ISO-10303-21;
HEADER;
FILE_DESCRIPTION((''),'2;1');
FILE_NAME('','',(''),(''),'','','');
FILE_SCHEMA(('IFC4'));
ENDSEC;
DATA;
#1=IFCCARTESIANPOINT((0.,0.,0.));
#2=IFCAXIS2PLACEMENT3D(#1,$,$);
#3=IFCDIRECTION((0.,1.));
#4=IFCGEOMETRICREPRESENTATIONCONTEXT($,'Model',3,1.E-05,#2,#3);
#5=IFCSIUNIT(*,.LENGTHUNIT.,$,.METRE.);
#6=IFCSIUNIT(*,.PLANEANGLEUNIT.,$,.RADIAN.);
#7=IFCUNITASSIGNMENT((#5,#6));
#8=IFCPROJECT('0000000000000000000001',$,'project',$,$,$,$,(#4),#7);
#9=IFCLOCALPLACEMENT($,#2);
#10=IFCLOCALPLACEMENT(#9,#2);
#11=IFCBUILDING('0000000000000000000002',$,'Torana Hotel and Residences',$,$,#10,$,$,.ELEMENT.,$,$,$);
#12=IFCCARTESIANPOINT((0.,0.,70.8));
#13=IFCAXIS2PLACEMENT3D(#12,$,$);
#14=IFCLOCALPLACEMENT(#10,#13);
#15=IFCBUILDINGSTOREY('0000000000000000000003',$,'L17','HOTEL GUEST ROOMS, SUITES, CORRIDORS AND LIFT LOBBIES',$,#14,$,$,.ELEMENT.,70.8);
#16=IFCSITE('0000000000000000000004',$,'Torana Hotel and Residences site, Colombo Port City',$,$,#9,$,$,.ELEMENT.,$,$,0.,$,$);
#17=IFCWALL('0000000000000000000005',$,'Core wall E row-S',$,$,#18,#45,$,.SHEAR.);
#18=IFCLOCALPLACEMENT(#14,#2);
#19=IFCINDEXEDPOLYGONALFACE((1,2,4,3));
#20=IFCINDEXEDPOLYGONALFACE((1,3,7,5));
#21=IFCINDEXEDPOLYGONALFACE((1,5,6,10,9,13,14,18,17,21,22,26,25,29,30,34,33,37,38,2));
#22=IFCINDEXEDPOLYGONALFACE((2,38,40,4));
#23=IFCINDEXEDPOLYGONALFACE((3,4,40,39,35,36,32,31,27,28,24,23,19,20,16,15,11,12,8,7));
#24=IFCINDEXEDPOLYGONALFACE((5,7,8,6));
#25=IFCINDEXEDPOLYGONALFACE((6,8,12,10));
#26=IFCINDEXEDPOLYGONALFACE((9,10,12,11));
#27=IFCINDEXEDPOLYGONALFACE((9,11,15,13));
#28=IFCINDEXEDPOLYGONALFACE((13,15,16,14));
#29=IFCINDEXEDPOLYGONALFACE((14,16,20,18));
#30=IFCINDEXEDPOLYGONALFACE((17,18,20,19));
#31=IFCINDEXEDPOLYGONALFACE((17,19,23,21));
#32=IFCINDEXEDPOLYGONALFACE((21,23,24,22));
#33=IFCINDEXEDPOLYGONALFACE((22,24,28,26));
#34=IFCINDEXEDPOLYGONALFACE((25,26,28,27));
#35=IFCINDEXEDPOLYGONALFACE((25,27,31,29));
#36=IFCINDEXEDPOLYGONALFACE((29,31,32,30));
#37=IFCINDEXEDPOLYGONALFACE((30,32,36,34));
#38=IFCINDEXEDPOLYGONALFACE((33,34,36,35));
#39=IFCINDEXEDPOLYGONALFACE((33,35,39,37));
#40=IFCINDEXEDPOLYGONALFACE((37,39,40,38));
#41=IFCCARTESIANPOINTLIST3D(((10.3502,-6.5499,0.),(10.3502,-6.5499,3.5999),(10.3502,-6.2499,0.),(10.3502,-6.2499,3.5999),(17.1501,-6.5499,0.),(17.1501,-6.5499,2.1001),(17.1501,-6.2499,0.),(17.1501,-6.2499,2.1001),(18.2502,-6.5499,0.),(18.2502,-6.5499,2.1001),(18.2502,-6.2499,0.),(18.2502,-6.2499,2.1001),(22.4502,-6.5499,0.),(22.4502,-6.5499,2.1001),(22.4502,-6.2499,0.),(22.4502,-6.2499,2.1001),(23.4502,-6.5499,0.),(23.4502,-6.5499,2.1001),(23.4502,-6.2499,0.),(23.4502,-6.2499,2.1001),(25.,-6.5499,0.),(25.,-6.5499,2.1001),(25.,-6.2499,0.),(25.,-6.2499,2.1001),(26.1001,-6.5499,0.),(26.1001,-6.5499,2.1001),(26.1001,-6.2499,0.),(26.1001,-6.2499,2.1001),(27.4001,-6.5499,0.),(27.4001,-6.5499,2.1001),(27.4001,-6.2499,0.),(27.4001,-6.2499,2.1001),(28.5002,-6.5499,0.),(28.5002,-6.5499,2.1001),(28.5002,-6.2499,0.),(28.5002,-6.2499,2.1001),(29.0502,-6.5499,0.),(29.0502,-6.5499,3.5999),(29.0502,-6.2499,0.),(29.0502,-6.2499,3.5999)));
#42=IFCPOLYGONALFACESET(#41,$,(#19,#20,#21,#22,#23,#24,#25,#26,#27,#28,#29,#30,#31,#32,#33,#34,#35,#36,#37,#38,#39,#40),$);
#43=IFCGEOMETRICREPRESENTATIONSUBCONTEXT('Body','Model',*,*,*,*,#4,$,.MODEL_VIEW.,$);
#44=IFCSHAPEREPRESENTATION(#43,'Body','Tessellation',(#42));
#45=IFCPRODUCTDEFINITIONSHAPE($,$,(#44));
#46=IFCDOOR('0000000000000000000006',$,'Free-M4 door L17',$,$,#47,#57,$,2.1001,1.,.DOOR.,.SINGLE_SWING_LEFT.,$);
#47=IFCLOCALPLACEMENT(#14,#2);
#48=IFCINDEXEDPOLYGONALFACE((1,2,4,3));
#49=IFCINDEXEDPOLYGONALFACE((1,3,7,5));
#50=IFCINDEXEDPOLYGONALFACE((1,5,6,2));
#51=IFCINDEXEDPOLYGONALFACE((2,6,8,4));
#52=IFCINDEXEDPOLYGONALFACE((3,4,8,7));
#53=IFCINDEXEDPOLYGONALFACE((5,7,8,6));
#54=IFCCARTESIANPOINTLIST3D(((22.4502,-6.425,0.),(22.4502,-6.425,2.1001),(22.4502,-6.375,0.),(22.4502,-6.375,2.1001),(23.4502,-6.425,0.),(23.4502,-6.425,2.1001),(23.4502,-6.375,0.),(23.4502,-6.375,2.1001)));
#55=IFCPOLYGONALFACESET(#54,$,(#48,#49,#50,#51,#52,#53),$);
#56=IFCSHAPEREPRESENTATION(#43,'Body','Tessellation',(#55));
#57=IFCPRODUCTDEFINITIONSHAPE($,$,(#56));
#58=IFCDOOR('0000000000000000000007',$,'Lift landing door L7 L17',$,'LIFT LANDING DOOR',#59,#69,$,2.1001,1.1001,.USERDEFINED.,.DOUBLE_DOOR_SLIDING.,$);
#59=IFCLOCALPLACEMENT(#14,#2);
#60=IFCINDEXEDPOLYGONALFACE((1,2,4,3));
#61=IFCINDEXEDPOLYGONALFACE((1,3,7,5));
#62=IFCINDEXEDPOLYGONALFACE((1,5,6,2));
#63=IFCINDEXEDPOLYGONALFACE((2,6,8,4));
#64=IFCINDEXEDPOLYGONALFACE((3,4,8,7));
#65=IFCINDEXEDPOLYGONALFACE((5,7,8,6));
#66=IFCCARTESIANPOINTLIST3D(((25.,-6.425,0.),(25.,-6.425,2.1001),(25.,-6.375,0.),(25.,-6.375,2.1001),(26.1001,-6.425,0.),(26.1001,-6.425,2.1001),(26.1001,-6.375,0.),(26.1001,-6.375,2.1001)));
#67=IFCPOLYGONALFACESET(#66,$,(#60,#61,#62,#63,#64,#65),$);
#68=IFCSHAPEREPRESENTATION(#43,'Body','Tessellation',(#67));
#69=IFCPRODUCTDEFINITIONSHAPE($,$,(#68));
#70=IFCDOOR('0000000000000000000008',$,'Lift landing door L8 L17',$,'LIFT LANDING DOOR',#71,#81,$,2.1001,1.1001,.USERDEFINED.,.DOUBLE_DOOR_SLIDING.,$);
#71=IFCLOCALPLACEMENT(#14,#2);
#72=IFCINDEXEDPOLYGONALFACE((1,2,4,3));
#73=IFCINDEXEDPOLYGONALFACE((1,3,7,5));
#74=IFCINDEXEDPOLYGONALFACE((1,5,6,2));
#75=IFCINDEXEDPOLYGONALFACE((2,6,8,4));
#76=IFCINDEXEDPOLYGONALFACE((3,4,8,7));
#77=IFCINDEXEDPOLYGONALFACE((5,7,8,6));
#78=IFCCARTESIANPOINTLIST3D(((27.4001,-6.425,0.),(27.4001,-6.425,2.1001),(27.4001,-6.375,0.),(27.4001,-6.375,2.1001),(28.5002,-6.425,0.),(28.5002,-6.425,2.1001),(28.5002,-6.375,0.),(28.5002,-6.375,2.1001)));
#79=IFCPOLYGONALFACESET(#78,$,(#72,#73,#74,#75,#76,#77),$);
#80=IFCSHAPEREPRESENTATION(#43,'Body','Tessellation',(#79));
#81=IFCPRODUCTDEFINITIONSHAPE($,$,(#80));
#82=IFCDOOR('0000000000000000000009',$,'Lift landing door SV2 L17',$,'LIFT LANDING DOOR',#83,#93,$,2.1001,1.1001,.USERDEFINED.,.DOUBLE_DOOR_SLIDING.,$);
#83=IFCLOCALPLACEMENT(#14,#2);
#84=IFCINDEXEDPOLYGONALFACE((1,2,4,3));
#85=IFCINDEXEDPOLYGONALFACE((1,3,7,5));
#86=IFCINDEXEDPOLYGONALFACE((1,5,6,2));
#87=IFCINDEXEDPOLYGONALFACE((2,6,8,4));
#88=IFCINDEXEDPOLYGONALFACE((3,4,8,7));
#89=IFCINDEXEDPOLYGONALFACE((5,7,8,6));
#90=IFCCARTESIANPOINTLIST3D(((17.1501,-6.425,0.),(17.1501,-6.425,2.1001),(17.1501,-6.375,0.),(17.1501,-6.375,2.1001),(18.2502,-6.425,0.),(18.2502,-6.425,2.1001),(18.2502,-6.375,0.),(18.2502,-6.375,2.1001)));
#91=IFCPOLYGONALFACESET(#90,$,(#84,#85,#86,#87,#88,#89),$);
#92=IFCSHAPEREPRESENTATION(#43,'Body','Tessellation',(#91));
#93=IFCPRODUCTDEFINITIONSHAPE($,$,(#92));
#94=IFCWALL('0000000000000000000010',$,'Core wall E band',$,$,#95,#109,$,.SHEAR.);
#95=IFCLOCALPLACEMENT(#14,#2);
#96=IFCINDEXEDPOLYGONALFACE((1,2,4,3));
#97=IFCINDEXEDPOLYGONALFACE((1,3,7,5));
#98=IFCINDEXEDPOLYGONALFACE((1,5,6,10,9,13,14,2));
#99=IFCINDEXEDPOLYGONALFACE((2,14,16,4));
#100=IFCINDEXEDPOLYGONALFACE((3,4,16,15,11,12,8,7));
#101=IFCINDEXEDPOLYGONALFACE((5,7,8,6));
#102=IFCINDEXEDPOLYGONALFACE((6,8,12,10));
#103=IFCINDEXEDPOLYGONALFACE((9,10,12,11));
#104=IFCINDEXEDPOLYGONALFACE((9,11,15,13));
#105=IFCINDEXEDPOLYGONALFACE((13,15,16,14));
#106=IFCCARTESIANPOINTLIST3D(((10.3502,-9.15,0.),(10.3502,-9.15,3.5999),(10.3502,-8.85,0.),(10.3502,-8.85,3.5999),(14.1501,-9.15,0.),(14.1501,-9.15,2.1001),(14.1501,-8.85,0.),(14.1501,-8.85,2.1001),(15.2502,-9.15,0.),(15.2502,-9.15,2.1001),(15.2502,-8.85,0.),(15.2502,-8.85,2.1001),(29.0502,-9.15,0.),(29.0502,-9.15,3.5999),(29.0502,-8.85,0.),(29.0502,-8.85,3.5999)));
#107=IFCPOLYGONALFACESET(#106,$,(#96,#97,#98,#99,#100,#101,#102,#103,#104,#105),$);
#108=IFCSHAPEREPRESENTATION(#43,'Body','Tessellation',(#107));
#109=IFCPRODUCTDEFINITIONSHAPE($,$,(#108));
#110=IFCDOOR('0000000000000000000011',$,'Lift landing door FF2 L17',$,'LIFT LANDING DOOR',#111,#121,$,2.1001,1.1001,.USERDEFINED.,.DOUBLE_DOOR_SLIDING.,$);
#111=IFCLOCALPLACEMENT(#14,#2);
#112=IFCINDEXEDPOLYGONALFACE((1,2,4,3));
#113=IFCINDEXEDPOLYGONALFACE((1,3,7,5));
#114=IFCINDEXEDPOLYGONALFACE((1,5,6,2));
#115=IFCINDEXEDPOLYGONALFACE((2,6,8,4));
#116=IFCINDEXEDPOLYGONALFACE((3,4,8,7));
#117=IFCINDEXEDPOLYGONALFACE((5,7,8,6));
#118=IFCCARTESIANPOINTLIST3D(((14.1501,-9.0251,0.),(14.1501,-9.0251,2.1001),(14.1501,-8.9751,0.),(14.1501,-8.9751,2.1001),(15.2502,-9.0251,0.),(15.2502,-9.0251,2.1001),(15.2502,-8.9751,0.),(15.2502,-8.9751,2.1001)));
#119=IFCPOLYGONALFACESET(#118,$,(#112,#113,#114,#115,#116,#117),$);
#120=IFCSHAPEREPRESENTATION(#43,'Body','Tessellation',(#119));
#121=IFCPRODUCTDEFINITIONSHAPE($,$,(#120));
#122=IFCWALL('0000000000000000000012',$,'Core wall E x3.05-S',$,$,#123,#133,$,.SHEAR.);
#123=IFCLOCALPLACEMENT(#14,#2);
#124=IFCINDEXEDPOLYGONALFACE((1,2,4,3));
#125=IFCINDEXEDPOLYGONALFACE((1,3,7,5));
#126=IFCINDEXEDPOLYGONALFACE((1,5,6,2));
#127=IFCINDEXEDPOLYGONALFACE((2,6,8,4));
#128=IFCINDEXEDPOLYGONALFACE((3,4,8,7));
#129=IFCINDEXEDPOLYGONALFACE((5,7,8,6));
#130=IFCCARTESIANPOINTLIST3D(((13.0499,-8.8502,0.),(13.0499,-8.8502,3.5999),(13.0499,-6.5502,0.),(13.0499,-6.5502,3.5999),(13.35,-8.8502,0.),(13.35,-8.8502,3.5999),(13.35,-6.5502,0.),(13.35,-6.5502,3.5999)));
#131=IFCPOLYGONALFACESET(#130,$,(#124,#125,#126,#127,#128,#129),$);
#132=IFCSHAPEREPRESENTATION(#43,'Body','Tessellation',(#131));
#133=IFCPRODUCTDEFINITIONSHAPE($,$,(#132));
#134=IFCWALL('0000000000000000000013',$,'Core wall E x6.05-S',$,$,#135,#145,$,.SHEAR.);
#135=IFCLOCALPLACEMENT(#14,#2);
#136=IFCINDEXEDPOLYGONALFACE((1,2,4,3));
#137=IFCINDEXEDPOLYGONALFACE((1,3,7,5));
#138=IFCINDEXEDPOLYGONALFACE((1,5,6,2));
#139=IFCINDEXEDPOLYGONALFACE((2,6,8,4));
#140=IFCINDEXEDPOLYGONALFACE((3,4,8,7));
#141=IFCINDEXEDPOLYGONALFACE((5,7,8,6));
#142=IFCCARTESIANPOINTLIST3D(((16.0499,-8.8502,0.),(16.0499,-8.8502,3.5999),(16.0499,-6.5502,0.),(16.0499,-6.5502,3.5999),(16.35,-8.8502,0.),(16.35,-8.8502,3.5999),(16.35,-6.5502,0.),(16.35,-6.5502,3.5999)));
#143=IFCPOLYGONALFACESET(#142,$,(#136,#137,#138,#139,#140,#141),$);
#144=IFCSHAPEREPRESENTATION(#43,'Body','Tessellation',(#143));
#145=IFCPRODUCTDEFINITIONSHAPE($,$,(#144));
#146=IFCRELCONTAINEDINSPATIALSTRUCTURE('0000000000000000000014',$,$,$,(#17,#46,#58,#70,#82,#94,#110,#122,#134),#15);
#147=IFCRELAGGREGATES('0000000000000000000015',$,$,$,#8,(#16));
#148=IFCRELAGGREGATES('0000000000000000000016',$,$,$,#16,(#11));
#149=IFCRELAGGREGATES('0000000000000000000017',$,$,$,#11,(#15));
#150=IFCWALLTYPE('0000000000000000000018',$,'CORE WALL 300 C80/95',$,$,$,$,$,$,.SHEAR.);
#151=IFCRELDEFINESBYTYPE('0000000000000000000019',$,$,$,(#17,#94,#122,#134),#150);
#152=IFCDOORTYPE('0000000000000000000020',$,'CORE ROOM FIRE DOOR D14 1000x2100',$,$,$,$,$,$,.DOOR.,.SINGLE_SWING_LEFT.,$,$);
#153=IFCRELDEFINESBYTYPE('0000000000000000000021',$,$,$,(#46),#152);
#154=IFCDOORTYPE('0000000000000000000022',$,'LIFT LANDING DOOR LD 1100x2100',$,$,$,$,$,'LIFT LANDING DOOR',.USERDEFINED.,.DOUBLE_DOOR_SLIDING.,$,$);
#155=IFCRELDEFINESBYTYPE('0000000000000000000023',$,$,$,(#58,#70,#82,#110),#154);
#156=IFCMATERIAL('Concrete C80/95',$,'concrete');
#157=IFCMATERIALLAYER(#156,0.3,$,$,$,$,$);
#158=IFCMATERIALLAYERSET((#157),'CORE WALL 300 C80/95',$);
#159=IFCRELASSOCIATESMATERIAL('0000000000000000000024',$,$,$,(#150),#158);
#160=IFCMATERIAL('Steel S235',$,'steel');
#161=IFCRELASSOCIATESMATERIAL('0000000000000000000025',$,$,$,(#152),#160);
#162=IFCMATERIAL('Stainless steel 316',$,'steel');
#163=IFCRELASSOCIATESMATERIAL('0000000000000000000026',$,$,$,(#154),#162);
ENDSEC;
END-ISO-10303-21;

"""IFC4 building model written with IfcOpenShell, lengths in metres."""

from ifc_helpers import new_model, si_unit, direction, frame, frame_2d, origin, place, context, subcontext, project, spatial, rectangle, extrude, material, layer, layer_set, type_object, element, fill, save


model = new_model("IFC4")

# Units and contexts
model_context = context("Model", 3, precision=1e-05, world=origin(), true_north=direction((0.0, 1.0)))
body_context = subcontext(model_context, "Body", "Model", "MODEL_VIEW")
ifc_project = project(units=[si_unit("LENGTHUNIT", "METRE"), si_unit("PLANEANGLEUNIT", "RADIAN")], contexts=[model_context])

# Site, building, storey
site_placement = place(None, origin())
site = spatial("IfcSite", under=ifc_project, at=site_placement, Name="Torana Hotel and Residences site, Colombo Port City", CompositionType="ELEMENT", RefElevation=0.0)
building_placement = place(site_placement, origin())
building = spatial("IfcBuilding", under=site, at=building_placement, Name="Torana Hotel and Residences", CompositionType="ELEMENT")
storey_placement = place(building_placement, frame((0.0, 0.0, 70.8)))
storey = spatial("IfcBuildingStorey", under=building, at=storey_placement, Name="L17", Description="HOTEL GUEST ROOMS, SUITES, CORRIDORS AND LIFT LOBBIES", CompositionType="ELEMENT", Elevation=70.8)

# Wall, openings, doors
ifc_material_1 = material(Name="Concrete C80/95", Category="concrete")
ifc_layer = layer(ifc_material_1, 0.3)
ifc_layer_set = layer_set([ifc_layer], Name="CORE WALL 300 C80/95")
wall_type = type_object("IfcWallType", Name="CORE WALL 300 C80/95", PredefinedType="SHEAR", material=ifc_layer_set)
ifc_material_2 = material(Name="Steel S235", Category="steel")
door_type_1 = type_object("IfcDoorType", Name="CORE ROOM FIRE DOOR D14 1000x2100", OperationType="SINGLE_SWING_LEFT", PredefinedType="DOOR", material=ifc_material_2)
ifc_material_3 = material(Name="Stainless steel 316", Category="steel")
door_type_2 = type_object("IfcDoorType", Name="LIFT LANDING DOOR LD 1100x2100", ElementType="LIFT LANDING DOOR", OperationType="DOUBLE_DOOR_SLIDING", PredefinedType="USERDEFINED", material=ifc_material_3)
wall_1_placement = place(storey_placement, frame((10.3501, -6.3999, 0.0), z_axis=(0.0, 0.0, 1.0), x_axis=(1.0, 0.0, 0.0)))
wall_1 = element("IfcWall", 1, at=wall_1_placement, inside=storey, type_object=wall_type, Name="Core wall E row-S", PredefinedType="SHEAR", context=body_context, shape_type="SweptSolid", body=[
    extrude(rectangle(XDim=18.7, YDim=0.3, at=frame_2d((9.3501, 0.0))), origin(), (0.0, 0.0, 1.0), 3.5999),
])
opening_1_placement = place(wall_1_placement, frame((14.6499, 0.0, 0.0)))
opening_1 = element("IfcOpeningElement", 2, at=opening_1_placement, cuts=wall_1, PredefinedType="OPENING", context=body_context, shape_type="SweptSolid", body=[
    extrude(rectangle(XDim=1.1001, YDim=2.1001, at=frame_2d((0.55, 1.05))), frame((0.0, 0.1599, 0.0), z_axis=(0.0, -1.0, 0.0), x_axis=(1.0, 0.0, 0.0)), (0.0, 0.0, 1.0), 0.3201),
])
opening_2_placement = place(wall_1_placement, frame((17.05, 0.0, 0.0)))
opening_2 = element("IfcOpeningElement", 3, at=opening_2_placement, cuts=wall_1, PredefinedType="OPENING", context=body_context, shape_type="SweptSolid", body=[
    extrude(rectangle(XDim=1.1001, YDim=2.1001, at=frame_2d((0.55, 1.05))), frame((0.0, 0.1599, 0.0), z_axis=(0.0, -1.0, 0.0), x_axis=(1.0, 0.0, 0.0)), (0.0, 0.0, 1.0), 0.3201),
])
opening_3_placement = place(wall_1_placement, frame((6.8, 0.0, 0.0)))
opening_3 = element("IfcOpeningElement", 4, at=opening_3_placement, cuts=wall_1, PredefinedType="OPENING", context=body_context, shape_type="SweptSolid", body=[
    extrude(rectangle(XDim=1.1001, YDim=2.1001, at=frame_2d((0.55, 1.05))), frame((0.0, 0.1599, 0.0), z_axis=(0.0, -1.0, 0.0), x_axis=(1.0, 0.0, 0.0)), (0.0, 0.0, 1.0), 0.3201),
])
opening_4_placement = place(wall_1_placement, frame((12.1001, 0.0, 0.0)))
opening_4 = element("IfcOpeningElement", 5, at=opening_4_placement, cuts=wall_1, PredefinedType="OPENING", context=body_context, shape_type="SweptSolid", body=[
    extrude(rectangle(XDim=1.0, YDim=2.1001, at=frame_2d((0.5, 1.05))), frame((0.0, 0.1599, 0.0), z_axis=(0.0, -1.0, 0.0), x_axis=(1.0, 0.0, 0.0)), (0.0, 0.0, 1.0), 0.3201),
])
door_1_placement = place(opening_4_placement, frame((0.5, 0.0, 0.0), z_axis=(0.0, 0.0, 1.0), x_axis=(-1.0, 0.0, 0.0)))
door_1 = element("IfcDoor", 6, at=door_1_placement, inside=storey, type_object=door_type_1, Name="Free-M4 door L17", OperationType="SINGLE_SWING_LEFT", OverallHeight=2.1001, OverallWidth=1.0, PredefinedType="DOOR", context=body_context, shape_type="SweptSolid", body=[
    extrude(rectangle(XDim=1.0, YDim=2.1001, at=frame_2d((0.0, 1.05))), frame((0.0, -0.0249, 0.0), z_axis=(0.0, 1.0, 0.0), x_axis=(-1.0, 0.0, 0.0)), (0.0, 0.0, 1.0), 0.05),
])
fill(opening_4, door_1)
door_2_placement = place(opening_1_placement, origin())
door_2 = element("IfcDoor", 7, at=door_2_placement, inside=storey, type_object=door_type_2, Name="Lift landing door L7 L17", ObjectType="LIFT LANDING DOOR", OperationType="DOUBLE_DOOR_SLIDING", OverallHeight=2.1001, OverallWidth=1.1001, PredefinedType="USERDEFINED", context=body_context, shape_type="SweptSolid", body=[
    extrude(rectangle(XDim=1.1001, YDim=2.1001, at=frame_2d((0.55, 1.05))), frame((0.0, 0.0249, 0.0), z_axis=(0.0, -1.0, 0.0), x_axis=(1.0, 0.0, 0.0)), (0.0, 0.0, 1.0), 0.05),
])
fill(opening_1, door_2)
door_3_placement = place(opening_2_placement, origin())
door_3 = element("IfcDoor", 8, at=door_3_placement, inside=storey, type_object=door_type_2, Name="Lift landing door L8 L17", ObjectType="LIFT LANDING DOOR", OperationType="DOUBLE_DOOR_SLIDING", OverallHeight=2.1001, OverallWidth=1.1001, PredefinedType="USERDEFINED", context=body_context, shape_type="SweptSolid", body=[
    extrude(rectangle(XDim=1.1001, YDim=2.1001, at=frame_2d((0.55, 1.05))), frame((0.0, 0.0249, 0.0), z_axis=(0.0, -1.0, 0.0), x_axis=(1.0, 0.0, 0.0)), (0.0, 0.0, 1.0), 0.05),
])
fill(opening_2, door_3)
door_4_placement = place(opening_3_placement, origin())
door_4 = element("IfcDoor", 9, at=door_4_placement, inside=storey, type_object=door_type_2, Name="Lift landing door SV2 L17", ObjectType="LIFT LANDING DOOR", OperationType="DOUBLE_DOOR_SLIDING", OverallHeight=2.1001, OverallWidth=1.1001, PredefinedType="USERDEFINED", context=body_context, shape_type="SweptSolid", body=[
    extrude(rectangle(XDim=1.1001, YDim=2.1001, at=frame_2d((0.55, 1.05))), frame((0.0, 0.0249, 0.0), z_axis=(0.0, -1.0, 0.0), x_axis=(1.0, 0.0, 0.0)), (0.0, 0.0, 1.0), 0.05),
])
fill(opening_3, door_4)

# Wall, opening, door
wall_2_placement = place(storey_placement, frame((10.3501, -9.0, 0.0), z_axis=(0.0, 0.0, 1.0), x_axis=(1.0, 0.0, 0.0)))
wall_2 = element("IfcWall", 10, at=wall_2_placement, inside=storey, type_object=wall_type, Name="Core wall E band", PredefinedType="SHEAR", context=body_context, shape_type="SweptSolid", body=[
    extrude(rectangle(XDim=18.7, YDim=0.3, at=frame_2d((9.3501, 0.0))), origin(), (0.0, 0.0, 1.0), 3.5999),
])
opening_5_placement = place(wall_2_placement, frame((3.8, 0.0, 0.0)))
opening_5 = element("IfcOpeningElement", 11, at=opening_5_placement, cuts=wall_2, PredefinedType="OPENING", context=body_context, shape_type="SweptSolid", body=[
    extrude(rectangle(XDim=1.1001, YDim=2.1001, at=frame_2d((0.55, 1.05))), frame((0.0, 0.1599, 0.0), z_axis=(0.0, -1.0, 0.0), x_axis=(1.0, 0.0, 0.0)), (0.0, 0.0, 1.0), 0.3201),
])
door_5_placement = place(opening_5_placement, origin())
door_5 = element("IfcDoor", 12, at=door_5_placement, inside=storey, type_object=door_type_2, Name="Lift landing door FF2 L17", ObjectType="LIFT LANDING DOOR", OperationType="DOUBLE_DOOR_SLIDING", OverallHeight=2.1001, OverallWidth=1.1001, PredefinedType="USERDEFINED", context=body_context, shape_type="SweptSolid", body=[
    extrude(rectangle(XDim=1.1001, YDim=2.1001, at=frame_2d((0.55, 1.05))), frame((0.0, 0.0249, 0.0), z_axis=(0.0, -1.0, 0.0), x_axis=(1.0, 0.0, 0.0)), (0.0, 0.0, 1.0), 0.05),
])
fill(opening_5, door_5)

# Walls
for number, where, z_axis, x_axis, name in (
    (13, (13.2, -8.8501, 0.0), (0.0, 0.0, 1.0), (0.0, 1.0, 0.0), "Core wall E x3.05-S"),
    (14, (16.2, -8.8501, 0.0), (0.0, 0.0, 1.0), (0.0, 1.0, 0.0), "Core wall E x6.05-S"),
):
    element("IfcWall", number, at=place(storey_placement, frame(where, z_axis=z_axis, x_axis=x_axis)), inside=storey, type_object=wall_type, Name=name, PredefinedType="SHEAR", context=body_context, shape_type="SweptSolid", body=[
        extrude(rectangle(XDim=2.3, YDim=0.3, at=frame_2d((1.1499, 0.0))), origin(), (0.0, 0.0, 1.0), 3.5999),
    ])

save(model, "model.ifc")
